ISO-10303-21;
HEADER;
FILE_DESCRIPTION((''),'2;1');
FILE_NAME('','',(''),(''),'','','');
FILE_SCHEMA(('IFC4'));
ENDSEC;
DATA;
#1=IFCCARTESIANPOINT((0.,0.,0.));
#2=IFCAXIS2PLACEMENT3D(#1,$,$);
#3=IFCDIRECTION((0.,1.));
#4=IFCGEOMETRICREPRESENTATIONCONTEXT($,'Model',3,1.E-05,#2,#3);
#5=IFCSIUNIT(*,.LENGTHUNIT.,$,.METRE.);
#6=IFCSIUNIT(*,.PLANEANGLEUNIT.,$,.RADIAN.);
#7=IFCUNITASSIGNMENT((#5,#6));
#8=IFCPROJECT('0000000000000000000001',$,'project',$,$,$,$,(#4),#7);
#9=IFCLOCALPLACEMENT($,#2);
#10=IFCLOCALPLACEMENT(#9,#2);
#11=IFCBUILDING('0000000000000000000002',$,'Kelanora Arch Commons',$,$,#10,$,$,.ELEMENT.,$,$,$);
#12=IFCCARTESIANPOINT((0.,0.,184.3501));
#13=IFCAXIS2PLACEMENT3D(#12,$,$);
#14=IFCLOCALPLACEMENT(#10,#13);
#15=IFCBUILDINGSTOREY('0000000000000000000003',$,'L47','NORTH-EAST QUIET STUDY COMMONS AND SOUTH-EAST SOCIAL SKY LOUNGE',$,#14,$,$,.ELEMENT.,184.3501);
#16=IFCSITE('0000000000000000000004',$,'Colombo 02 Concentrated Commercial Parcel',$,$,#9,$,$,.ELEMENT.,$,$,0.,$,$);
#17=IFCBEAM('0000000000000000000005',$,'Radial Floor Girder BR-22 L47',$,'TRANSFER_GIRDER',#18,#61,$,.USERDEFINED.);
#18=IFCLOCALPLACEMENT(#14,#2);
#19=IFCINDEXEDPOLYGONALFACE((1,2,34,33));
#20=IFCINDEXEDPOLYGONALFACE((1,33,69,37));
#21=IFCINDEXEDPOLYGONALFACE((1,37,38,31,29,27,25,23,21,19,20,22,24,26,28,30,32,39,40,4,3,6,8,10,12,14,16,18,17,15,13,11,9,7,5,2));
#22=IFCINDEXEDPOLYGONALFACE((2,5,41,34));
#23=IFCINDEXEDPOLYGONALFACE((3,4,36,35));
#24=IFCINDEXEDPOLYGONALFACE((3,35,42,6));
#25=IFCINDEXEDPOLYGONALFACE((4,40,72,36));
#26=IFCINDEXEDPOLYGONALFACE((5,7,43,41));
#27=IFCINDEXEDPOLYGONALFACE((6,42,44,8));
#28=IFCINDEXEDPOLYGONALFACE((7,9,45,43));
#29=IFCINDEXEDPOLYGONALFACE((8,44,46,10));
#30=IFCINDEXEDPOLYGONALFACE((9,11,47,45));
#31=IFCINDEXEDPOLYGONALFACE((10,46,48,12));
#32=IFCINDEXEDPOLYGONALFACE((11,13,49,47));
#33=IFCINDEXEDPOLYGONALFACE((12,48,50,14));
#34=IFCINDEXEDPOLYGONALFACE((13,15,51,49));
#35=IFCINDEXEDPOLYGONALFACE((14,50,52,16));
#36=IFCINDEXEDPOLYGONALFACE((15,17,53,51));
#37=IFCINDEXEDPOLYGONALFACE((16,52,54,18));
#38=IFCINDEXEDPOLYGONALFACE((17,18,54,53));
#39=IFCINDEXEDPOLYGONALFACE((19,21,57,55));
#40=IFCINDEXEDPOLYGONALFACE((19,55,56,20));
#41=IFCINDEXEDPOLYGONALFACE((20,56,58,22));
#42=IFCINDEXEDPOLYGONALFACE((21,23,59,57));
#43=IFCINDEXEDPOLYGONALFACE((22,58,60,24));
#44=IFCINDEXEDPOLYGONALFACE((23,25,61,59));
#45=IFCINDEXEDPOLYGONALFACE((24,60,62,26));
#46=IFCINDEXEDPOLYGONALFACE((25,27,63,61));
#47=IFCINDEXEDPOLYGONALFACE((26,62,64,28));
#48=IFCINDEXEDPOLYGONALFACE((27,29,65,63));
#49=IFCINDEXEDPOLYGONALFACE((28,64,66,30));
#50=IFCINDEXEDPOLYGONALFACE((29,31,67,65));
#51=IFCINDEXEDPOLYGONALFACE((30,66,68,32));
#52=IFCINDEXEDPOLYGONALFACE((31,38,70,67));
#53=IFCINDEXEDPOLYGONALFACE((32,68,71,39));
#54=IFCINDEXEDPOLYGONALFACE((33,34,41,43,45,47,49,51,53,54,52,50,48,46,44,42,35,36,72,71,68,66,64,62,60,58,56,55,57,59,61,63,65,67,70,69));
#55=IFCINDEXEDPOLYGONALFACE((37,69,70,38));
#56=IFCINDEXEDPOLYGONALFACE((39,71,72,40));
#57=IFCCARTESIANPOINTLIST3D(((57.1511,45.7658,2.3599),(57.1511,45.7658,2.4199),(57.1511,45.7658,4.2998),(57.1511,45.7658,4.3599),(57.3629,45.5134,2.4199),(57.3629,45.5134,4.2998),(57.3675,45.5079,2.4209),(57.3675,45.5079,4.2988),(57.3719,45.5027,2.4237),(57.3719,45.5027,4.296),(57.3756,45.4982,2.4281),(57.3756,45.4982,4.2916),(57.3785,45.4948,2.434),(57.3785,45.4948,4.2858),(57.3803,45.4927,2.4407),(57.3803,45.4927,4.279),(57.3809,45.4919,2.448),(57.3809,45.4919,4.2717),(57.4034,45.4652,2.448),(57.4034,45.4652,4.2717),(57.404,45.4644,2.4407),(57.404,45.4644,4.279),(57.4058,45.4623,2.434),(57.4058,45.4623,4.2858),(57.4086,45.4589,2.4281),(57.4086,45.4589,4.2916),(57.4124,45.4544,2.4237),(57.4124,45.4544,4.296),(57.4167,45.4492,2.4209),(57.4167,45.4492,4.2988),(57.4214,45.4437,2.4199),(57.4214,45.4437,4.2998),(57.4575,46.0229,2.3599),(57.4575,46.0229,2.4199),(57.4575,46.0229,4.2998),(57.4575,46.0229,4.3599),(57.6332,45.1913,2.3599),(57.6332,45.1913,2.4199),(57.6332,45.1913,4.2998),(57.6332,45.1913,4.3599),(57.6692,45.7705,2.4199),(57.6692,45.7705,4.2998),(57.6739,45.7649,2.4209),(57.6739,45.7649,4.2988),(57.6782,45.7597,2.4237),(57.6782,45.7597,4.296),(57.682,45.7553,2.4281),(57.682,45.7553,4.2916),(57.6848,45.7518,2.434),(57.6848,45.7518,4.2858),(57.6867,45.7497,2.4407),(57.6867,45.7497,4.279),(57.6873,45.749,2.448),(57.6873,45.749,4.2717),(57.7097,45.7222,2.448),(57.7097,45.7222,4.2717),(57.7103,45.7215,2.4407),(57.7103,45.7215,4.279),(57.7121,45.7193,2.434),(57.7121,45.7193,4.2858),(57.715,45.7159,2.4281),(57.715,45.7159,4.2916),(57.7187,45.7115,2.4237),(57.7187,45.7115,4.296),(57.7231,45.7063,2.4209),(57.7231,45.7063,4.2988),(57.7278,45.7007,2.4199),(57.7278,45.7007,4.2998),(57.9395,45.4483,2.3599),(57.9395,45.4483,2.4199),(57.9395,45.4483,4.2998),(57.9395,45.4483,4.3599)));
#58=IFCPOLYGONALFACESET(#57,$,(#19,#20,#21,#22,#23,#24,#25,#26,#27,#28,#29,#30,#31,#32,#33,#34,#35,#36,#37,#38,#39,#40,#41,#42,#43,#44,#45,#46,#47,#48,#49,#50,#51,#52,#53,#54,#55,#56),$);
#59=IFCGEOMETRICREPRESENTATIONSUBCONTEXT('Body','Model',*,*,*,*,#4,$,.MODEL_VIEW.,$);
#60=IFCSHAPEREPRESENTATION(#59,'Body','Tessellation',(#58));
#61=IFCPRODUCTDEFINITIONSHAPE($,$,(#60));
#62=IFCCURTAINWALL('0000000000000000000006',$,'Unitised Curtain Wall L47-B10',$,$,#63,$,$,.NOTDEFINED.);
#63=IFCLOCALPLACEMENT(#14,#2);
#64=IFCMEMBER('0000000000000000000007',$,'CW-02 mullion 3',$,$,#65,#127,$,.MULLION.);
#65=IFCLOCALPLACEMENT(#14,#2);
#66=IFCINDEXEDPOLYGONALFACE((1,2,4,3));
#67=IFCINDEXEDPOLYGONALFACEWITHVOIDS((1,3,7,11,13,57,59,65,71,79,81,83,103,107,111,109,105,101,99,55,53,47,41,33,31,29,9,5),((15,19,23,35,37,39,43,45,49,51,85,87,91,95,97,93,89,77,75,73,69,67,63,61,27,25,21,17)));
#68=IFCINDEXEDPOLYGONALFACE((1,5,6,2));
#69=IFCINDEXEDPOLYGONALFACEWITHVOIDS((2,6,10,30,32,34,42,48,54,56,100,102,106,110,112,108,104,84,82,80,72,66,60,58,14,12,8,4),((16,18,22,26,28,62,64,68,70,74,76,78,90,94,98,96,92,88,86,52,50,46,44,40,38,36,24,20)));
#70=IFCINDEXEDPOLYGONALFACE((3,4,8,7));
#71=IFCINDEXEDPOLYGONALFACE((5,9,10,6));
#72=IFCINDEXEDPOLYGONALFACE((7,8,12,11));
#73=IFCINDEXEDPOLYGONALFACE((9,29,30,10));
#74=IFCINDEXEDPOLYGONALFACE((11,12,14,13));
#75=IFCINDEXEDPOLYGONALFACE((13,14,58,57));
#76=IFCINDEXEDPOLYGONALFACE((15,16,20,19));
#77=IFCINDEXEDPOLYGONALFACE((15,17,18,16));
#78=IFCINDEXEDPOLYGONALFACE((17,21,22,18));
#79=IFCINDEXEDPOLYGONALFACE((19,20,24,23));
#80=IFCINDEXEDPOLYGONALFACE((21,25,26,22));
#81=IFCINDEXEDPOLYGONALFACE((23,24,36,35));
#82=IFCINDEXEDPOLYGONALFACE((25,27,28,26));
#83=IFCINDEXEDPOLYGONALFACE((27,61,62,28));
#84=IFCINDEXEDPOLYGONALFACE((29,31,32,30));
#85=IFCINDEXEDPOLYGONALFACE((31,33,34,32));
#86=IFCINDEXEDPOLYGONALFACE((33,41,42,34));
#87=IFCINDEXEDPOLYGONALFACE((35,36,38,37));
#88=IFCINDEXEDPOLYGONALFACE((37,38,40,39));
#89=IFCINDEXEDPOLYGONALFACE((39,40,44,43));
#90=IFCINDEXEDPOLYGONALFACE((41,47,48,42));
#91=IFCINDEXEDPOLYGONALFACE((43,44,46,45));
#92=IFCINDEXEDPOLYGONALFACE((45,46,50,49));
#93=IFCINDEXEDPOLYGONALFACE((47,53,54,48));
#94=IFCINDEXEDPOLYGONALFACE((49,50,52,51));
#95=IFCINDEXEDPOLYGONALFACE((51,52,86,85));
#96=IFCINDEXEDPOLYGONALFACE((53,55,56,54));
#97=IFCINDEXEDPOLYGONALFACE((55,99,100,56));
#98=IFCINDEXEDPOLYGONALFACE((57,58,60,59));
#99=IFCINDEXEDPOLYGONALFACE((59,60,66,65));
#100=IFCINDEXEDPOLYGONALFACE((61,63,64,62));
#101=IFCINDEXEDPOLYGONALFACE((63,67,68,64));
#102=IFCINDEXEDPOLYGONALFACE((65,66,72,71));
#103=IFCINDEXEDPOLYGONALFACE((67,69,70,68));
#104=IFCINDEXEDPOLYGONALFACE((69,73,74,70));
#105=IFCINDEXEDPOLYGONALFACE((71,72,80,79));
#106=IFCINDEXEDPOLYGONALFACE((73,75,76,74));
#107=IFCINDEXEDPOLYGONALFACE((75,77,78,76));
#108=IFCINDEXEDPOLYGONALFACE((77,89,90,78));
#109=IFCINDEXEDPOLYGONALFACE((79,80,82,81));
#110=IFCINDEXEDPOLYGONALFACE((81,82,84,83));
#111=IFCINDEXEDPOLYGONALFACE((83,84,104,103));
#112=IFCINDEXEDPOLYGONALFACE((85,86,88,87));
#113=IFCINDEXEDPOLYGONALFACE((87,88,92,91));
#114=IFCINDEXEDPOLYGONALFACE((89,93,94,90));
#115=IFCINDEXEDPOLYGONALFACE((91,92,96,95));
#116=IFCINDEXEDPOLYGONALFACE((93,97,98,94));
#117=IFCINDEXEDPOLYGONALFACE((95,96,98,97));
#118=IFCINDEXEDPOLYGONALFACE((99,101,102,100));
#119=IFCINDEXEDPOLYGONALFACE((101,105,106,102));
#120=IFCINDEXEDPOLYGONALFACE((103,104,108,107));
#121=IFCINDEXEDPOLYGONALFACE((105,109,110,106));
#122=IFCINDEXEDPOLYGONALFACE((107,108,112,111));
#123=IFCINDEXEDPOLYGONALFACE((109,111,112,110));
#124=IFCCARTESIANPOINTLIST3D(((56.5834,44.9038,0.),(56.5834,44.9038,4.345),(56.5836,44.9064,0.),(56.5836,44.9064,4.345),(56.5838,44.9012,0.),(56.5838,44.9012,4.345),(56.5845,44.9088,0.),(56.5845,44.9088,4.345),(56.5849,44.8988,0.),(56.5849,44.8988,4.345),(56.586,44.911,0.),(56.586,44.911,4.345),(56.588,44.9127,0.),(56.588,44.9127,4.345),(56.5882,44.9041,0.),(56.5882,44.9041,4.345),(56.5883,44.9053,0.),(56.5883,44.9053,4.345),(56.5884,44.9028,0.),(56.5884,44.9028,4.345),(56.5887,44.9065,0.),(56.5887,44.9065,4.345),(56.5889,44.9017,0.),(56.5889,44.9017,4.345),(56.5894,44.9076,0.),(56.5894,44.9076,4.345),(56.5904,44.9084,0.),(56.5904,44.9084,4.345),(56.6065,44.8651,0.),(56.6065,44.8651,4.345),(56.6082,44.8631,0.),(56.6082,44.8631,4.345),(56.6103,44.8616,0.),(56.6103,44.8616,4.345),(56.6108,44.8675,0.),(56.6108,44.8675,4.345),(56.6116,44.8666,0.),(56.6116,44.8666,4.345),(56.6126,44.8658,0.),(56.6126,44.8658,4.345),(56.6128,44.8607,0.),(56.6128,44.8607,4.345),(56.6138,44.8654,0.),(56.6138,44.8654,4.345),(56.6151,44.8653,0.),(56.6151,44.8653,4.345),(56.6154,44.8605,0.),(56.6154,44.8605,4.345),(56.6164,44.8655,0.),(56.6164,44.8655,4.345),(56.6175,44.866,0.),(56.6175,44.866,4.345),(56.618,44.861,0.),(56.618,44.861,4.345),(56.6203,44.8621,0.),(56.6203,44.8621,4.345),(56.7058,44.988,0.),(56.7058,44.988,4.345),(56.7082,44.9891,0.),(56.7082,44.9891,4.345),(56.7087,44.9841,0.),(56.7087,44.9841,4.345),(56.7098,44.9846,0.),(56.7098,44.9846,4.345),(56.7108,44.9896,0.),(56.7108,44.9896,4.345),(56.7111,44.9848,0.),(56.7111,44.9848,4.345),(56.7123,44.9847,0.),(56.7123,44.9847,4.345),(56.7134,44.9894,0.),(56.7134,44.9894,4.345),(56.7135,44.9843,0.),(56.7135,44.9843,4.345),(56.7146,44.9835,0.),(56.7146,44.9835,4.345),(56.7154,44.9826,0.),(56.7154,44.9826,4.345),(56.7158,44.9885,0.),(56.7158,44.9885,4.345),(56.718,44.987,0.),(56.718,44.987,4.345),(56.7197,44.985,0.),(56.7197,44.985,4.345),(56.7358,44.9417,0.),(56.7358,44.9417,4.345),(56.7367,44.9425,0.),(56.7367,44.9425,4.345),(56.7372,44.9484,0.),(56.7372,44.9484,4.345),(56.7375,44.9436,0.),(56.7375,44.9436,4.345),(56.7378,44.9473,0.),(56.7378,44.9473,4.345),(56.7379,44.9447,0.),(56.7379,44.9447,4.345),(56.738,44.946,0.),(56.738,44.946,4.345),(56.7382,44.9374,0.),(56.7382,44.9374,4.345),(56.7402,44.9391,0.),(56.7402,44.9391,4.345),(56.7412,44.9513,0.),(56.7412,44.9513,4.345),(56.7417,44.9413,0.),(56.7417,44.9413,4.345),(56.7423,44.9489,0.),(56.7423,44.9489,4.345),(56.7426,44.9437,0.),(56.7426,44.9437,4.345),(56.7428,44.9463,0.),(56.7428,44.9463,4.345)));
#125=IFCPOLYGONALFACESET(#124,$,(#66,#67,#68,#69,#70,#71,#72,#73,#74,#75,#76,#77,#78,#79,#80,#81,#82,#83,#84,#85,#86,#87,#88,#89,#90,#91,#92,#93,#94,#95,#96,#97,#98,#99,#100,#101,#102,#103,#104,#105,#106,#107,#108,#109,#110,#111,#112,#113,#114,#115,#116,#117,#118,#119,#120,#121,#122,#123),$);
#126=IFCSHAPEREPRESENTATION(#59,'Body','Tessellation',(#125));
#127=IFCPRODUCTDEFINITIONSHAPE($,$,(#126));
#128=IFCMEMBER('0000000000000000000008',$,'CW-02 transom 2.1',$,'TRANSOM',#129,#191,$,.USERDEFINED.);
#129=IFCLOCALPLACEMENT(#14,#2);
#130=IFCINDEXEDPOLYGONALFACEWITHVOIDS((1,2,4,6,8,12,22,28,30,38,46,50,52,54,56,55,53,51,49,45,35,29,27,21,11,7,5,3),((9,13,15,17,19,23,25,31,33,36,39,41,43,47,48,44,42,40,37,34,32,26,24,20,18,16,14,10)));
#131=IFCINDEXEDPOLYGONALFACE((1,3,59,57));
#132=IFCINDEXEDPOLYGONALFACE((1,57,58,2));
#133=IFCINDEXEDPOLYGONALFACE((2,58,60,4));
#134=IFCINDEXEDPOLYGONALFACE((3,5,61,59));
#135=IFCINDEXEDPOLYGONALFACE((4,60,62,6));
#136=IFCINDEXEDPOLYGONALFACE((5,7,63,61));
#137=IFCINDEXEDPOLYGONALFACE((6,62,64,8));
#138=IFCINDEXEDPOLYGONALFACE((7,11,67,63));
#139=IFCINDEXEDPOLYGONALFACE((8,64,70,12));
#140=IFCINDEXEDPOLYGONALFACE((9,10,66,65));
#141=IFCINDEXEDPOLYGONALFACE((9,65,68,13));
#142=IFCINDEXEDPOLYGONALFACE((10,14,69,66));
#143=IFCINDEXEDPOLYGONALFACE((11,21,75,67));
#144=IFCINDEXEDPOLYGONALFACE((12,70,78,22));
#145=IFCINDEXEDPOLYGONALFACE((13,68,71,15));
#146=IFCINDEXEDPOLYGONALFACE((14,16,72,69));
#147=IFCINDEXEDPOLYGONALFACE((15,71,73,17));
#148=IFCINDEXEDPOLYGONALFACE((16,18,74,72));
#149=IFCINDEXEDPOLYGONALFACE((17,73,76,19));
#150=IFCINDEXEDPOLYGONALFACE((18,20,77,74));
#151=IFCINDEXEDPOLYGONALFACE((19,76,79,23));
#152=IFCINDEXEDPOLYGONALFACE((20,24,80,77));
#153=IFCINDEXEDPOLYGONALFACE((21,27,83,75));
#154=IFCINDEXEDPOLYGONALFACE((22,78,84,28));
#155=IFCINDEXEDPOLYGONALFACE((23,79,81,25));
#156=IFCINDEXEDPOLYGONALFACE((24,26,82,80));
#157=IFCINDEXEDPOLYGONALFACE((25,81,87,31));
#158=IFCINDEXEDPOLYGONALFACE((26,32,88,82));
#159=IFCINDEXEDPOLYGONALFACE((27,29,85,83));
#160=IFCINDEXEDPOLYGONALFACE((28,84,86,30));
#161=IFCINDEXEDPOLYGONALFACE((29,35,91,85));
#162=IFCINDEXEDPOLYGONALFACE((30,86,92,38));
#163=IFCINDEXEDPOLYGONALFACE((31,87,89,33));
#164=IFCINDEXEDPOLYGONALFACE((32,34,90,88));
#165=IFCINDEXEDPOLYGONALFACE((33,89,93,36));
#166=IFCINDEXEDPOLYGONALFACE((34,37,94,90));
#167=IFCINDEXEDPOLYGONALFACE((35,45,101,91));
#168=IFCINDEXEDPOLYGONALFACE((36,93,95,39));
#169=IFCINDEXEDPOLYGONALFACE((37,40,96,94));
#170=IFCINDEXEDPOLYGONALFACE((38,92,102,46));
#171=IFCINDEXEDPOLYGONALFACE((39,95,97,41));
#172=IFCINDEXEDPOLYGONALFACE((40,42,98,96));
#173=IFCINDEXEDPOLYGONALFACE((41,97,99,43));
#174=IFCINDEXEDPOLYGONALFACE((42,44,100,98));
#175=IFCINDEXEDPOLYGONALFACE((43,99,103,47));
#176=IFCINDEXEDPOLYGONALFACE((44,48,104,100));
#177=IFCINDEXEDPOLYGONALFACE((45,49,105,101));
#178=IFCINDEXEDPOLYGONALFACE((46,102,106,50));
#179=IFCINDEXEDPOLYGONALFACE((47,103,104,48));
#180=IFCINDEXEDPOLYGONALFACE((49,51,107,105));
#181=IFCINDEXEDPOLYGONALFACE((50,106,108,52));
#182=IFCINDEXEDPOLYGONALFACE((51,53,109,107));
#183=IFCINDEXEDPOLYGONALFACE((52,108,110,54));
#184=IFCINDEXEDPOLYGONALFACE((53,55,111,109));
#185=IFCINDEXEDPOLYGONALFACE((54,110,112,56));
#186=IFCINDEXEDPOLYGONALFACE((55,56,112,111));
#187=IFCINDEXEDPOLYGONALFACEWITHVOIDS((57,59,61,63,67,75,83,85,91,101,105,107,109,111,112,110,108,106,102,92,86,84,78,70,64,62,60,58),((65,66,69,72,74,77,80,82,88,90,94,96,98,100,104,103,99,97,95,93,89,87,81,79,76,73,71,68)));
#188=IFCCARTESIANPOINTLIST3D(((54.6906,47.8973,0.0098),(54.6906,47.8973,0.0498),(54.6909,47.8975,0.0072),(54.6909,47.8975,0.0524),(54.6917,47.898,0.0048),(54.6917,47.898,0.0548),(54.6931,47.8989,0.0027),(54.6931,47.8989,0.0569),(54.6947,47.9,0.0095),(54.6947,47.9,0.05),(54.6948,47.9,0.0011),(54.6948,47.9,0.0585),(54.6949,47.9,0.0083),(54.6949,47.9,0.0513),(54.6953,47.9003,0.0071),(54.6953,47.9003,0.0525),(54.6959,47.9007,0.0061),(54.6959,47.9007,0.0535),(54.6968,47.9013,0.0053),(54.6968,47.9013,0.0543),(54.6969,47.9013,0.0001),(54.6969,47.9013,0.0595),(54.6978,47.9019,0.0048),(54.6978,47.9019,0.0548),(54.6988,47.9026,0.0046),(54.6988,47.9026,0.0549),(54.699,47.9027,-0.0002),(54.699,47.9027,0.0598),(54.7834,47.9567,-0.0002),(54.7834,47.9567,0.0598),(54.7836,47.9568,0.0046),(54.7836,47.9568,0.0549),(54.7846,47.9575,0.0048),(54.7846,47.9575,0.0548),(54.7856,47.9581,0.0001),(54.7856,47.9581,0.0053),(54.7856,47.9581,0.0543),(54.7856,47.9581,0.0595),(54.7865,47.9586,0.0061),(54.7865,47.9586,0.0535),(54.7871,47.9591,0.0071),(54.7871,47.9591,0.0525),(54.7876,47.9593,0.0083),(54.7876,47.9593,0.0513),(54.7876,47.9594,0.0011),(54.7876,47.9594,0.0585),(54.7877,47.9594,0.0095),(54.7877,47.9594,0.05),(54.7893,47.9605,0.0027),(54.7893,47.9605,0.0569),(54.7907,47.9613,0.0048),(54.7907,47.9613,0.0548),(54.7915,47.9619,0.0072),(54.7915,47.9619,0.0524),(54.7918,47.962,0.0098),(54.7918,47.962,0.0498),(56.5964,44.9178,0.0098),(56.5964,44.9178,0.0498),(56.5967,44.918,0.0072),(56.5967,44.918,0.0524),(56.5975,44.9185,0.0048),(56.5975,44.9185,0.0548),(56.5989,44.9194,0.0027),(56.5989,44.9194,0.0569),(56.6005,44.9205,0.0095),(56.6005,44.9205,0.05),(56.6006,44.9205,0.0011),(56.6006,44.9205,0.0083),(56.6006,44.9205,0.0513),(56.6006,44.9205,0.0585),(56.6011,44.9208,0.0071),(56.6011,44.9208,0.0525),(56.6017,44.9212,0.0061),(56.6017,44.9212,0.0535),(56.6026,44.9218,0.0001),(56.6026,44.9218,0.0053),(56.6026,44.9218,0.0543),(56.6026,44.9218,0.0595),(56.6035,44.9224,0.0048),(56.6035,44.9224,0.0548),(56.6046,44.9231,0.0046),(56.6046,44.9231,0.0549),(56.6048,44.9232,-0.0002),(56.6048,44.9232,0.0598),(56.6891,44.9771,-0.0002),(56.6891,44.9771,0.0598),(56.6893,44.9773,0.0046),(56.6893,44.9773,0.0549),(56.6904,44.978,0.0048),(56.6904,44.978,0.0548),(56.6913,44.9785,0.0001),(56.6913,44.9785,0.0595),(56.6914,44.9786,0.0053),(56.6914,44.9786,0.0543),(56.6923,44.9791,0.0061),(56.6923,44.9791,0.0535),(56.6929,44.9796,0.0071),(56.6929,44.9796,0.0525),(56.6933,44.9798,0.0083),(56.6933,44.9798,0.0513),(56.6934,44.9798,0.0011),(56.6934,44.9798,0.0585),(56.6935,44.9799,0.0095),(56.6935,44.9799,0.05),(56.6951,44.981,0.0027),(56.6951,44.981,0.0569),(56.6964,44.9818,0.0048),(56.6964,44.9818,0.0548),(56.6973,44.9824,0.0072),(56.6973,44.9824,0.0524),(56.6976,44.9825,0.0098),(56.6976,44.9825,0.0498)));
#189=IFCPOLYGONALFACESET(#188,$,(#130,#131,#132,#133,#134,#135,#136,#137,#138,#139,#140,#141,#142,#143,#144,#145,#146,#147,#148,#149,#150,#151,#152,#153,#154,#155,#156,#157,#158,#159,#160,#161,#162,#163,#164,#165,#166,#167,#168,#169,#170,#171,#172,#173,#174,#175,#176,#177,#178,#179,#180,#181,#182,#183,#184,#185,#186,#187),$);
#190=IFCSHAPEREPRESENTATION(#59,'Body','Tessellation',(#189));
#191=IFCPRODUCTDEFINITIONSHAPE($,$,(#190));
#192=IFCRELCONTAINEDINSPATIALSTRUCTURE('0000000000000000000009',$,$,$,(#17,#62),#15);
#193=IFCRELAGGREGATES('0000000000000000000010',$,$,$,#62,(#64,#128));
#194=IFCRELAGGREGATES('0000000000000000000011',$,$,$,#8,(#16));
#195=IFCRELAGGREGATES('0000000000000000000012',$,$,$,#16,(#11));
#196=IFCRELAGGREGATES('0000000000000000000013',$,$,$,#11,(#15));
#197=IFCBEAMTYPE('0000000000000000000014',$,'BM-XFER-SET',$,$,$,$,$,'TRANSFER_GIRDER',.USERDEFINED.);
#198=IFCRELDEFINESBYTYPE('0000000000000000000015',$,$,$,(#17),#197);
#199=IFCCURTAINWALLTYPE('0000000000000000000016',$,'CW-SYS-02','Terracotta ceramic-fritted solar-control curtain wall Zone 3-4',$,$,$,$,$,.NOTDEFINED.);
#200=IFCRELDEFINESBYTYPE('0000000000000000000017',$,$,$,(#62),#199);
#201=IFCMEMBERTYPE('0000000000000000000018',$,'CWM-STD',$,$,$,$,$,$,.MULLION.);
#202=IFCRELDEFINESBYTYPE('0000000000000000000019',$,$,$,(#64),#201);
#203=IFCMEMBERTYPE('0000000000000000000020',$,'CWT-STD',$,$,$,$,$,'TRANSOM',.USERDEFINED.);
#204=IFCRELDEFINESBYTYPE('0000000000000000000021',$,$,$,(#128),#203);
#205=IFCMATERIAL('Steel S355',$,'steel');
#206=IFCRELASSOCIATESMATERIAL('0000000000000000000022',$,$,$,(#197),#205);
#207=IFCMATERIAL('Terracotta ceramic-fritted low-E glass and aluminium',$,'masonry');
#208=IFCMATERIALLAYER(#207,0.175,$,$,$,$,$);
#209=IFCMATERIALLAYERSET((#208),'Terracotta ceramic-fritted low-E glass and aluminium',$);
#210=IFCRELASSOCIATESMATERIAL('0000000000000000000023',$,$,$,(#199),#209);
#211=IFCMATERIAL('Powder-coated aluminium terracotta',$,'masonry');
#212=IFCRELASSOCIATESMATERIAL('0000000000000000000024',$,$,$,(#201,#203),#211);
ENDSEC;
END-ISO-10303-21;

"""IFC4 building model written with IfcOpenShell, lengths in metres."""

from ifc_helpers import new_model, si_unit, direction, frame, origin, origin_2d, place, context, subcontext, project, spatial, hollow_rectangle, i_section, extrude, material, layer, layer_set, material_profile, profile_set, type_object, element, aggregate, save


model = new_model("IFC4")

# Units and contexts
model_context = context("Model", 3, precision=1e-05, world=origin(), true_north=direction((0.0, 1.0)))
body_context = subcontext(model_context, "Body", "Model", "MODEL_VIEW")
ifc_project = project(units=[si_unit("LENGTHUNIT", "METRE"), si_unit("PLANEANGLEUNIT", "RADIAN")], contexts=[model_context])

# Site, building, storey
site_placement = place(None, origin())
site = spatial("IfcSite", under=ifc_project, at=site_placement, Name="Colombo 02 Concentrated Commercial Parcel", CompositionType="ELEMENT", RefElevation=0.0)
building_placement = place(site_placement, origin())
building = spatial("IfcBuilding", under=site, at=building_placement, Name="Kelanora Arch Commons", CompositionType="ELEMENT")
storey_placement = place(building_placement, frame((0.0, 0.0, 184.3501)))
storey = spatial("IfcBuildingStorey", under=building, at=storey_placement, Name="L47", Description="NORTH-EAST QUIET STUDY COMMONS AND SOUTH-EAST SOCIAL SKY LOUNGE", CompositionType="ELEMENT", Elevation=184.3501)

# Beam
ifc_material_1 = material(Name="Steel S355", Category="steel")
ifc_material_profile_1 = material_profile(ifc_material_1, i_section(OverallWidth=0.75, OverallDepth=2.0, WebThickness=0.0349, FlangeThickness=0.0601, FilletRadius=0.0281, at=origin_2d()), Name="PG2000x750")
ifc_profile_set_1 = profile_set([ifc_material_profile_1], Name="Steel S355")
beam_type_1 = type_object("IfcBeamType", Name="BM-XFER-SET", ElementType="TRANSFER_GIRDER", PredefinedType="USERDEFINED", material=ifc_profile_set_1)
beam_1_placement = place(storey_placement, frame((57.6985, 45.7356, 3.3599), z_axis=(-0.766065, -0.642763, 0.0), x_axis=(0.642763, -0.766065, 0.0)))
element("IfcBeam", 1, at=beam_1_placement, inside=storey, type_object=beam_type_1, Name="Radial Floor Girder BR-22 L47", ObjectType="TRANSFER_GIRDER", PredefinedType="USERDEFINED", context=body_context, shape_type="SweptSolid", body=[
    extrude(i_section(OverallWidth=0.75, OverallDepth=2.0, WebThickness=0.0349, FlangeThickness=0.0601, FilletRadius=0.0281, at=origin_2d()), origin(), (0.0, 0.0, 1.0), 0.3999),
])

# Curtain wall, members
ifc_material_2 = material(Name="Terracotta ceramic-fritted low-E glass and aluminium", Category="masonry")
ifc_layer_1 = layer(ifc_material_2, 0.175)
ifc_layer_set_1 = layer_set([ifc_layer_1], Name="Terracotta ceramic-fritted low-E glass and aluminium")
curtain_wall_type = type_object("IfcCurtainWallType", Name="CW-SYS-02", Description="Terracotta ceramic-fritted solar-control curtain wall Zone 3-4", PredefinedType="NOTDEFINED", material=ifc_layer_set_1)
curtain_wall_placement = place(storey_placement, origin())
curtain_wall = element("IfcCurtainWall", 2, at=curtain_wall_placement, inside=storey, type_object=curtain_wall_type, Name="Unitised Curtain Wall L47-B10", PredefinedType="NOTDEFINED")
ifc_material_3 = material(Name="Powder-coated aluminium terracotta", Category="masonry")
ifc_material_profile_2 = material_profile(ifc_material_3, hollow_rectangle(XDim=0.1599, YDim=0.0601, WallThickness=0.0049, InnerFilletRadius=0.0049, OuterFilletRadius=0.01, at=origin_2d()), Name="CWM160x60")
ifc_profile_set_2 = profile_set([ifc_material_profile_2], Name="Powder-coated aluminium terracotta")
member_type_1 = type_object("IfcMemberType", Name="CWM-STD", PredefinedType="MULLION", material=ifc_profile_set_2)
member_1_placement = place(storey_placement, frame((56.6631, 44.925, 0.0), z_axis=(0.0, 0.0, 1.0), x_axis=(0.842423, 0.538817, 0.0)))
member_1 = element("IfcMember", 3, at=member_1_placement, type_object=member_type_1, Name="CW-02 mullion 3", PredefinedType="MULLION", context=body_context, shape_type="SweptSolid", body=[
    extrude(hollow_rectangle(XDim=0.1599, YDim=0.0601, WallThickness=0.0049, InnerFilletRadius=0.0049, OuterFilletRadius=0.01, at=origin_2d()), origin(), (0.0, 0.0, 1.0), 4.345),
])
ifc_material_profile_3 = material_profile(ifc_material_3, hollow_rectangle(XDim=0.1201, YDim=0.0601, WallThickness=0.0049, InnerFilletRadius=0.0049, OuterFilletRadius=0.01, at=origin_2d()), Name="CWT120x60")
ifc_profile_set_3 = profile_set([ifc_material_profile_3], Name="Powder-coated aluminium terracotta")
member_type_2 = type_object("IfcMemberType", Name="CWT-STD", ElementType="TRANSOM", PredefinedType="USERDEFINED", material=ifc_profile_set_3)
member_2_placement = place(storey_placement, frame((54.7412, 47.9297, 0.0298), z_axis=(0.53883, -0.842414, 0.0), x_axis=(0.842414, 0.53883, 0.0)))
member_2 = element("IfcMember", 4, at=member_2_placement, type_object=member_type_2, Name="CW-02 transom 2.1", ObjectType="TRANSOM", PredefinedType="USERDEFINED", context=body_context, shape_type="SweptSolid", body=[
    extrude(hollow_rectangle(XDim=0.1201, YDim=0.0601, WallThickness=0.0049, InnerFilletRadius=0.0049, OuterFilletRadius=0.01, at=origin_2d()), origin(), (0.0, 0.0, 1.0), 3.5369),
])
aggregate(curtain_wall, [member_1, member_2])

save(model, "model.ifc")
